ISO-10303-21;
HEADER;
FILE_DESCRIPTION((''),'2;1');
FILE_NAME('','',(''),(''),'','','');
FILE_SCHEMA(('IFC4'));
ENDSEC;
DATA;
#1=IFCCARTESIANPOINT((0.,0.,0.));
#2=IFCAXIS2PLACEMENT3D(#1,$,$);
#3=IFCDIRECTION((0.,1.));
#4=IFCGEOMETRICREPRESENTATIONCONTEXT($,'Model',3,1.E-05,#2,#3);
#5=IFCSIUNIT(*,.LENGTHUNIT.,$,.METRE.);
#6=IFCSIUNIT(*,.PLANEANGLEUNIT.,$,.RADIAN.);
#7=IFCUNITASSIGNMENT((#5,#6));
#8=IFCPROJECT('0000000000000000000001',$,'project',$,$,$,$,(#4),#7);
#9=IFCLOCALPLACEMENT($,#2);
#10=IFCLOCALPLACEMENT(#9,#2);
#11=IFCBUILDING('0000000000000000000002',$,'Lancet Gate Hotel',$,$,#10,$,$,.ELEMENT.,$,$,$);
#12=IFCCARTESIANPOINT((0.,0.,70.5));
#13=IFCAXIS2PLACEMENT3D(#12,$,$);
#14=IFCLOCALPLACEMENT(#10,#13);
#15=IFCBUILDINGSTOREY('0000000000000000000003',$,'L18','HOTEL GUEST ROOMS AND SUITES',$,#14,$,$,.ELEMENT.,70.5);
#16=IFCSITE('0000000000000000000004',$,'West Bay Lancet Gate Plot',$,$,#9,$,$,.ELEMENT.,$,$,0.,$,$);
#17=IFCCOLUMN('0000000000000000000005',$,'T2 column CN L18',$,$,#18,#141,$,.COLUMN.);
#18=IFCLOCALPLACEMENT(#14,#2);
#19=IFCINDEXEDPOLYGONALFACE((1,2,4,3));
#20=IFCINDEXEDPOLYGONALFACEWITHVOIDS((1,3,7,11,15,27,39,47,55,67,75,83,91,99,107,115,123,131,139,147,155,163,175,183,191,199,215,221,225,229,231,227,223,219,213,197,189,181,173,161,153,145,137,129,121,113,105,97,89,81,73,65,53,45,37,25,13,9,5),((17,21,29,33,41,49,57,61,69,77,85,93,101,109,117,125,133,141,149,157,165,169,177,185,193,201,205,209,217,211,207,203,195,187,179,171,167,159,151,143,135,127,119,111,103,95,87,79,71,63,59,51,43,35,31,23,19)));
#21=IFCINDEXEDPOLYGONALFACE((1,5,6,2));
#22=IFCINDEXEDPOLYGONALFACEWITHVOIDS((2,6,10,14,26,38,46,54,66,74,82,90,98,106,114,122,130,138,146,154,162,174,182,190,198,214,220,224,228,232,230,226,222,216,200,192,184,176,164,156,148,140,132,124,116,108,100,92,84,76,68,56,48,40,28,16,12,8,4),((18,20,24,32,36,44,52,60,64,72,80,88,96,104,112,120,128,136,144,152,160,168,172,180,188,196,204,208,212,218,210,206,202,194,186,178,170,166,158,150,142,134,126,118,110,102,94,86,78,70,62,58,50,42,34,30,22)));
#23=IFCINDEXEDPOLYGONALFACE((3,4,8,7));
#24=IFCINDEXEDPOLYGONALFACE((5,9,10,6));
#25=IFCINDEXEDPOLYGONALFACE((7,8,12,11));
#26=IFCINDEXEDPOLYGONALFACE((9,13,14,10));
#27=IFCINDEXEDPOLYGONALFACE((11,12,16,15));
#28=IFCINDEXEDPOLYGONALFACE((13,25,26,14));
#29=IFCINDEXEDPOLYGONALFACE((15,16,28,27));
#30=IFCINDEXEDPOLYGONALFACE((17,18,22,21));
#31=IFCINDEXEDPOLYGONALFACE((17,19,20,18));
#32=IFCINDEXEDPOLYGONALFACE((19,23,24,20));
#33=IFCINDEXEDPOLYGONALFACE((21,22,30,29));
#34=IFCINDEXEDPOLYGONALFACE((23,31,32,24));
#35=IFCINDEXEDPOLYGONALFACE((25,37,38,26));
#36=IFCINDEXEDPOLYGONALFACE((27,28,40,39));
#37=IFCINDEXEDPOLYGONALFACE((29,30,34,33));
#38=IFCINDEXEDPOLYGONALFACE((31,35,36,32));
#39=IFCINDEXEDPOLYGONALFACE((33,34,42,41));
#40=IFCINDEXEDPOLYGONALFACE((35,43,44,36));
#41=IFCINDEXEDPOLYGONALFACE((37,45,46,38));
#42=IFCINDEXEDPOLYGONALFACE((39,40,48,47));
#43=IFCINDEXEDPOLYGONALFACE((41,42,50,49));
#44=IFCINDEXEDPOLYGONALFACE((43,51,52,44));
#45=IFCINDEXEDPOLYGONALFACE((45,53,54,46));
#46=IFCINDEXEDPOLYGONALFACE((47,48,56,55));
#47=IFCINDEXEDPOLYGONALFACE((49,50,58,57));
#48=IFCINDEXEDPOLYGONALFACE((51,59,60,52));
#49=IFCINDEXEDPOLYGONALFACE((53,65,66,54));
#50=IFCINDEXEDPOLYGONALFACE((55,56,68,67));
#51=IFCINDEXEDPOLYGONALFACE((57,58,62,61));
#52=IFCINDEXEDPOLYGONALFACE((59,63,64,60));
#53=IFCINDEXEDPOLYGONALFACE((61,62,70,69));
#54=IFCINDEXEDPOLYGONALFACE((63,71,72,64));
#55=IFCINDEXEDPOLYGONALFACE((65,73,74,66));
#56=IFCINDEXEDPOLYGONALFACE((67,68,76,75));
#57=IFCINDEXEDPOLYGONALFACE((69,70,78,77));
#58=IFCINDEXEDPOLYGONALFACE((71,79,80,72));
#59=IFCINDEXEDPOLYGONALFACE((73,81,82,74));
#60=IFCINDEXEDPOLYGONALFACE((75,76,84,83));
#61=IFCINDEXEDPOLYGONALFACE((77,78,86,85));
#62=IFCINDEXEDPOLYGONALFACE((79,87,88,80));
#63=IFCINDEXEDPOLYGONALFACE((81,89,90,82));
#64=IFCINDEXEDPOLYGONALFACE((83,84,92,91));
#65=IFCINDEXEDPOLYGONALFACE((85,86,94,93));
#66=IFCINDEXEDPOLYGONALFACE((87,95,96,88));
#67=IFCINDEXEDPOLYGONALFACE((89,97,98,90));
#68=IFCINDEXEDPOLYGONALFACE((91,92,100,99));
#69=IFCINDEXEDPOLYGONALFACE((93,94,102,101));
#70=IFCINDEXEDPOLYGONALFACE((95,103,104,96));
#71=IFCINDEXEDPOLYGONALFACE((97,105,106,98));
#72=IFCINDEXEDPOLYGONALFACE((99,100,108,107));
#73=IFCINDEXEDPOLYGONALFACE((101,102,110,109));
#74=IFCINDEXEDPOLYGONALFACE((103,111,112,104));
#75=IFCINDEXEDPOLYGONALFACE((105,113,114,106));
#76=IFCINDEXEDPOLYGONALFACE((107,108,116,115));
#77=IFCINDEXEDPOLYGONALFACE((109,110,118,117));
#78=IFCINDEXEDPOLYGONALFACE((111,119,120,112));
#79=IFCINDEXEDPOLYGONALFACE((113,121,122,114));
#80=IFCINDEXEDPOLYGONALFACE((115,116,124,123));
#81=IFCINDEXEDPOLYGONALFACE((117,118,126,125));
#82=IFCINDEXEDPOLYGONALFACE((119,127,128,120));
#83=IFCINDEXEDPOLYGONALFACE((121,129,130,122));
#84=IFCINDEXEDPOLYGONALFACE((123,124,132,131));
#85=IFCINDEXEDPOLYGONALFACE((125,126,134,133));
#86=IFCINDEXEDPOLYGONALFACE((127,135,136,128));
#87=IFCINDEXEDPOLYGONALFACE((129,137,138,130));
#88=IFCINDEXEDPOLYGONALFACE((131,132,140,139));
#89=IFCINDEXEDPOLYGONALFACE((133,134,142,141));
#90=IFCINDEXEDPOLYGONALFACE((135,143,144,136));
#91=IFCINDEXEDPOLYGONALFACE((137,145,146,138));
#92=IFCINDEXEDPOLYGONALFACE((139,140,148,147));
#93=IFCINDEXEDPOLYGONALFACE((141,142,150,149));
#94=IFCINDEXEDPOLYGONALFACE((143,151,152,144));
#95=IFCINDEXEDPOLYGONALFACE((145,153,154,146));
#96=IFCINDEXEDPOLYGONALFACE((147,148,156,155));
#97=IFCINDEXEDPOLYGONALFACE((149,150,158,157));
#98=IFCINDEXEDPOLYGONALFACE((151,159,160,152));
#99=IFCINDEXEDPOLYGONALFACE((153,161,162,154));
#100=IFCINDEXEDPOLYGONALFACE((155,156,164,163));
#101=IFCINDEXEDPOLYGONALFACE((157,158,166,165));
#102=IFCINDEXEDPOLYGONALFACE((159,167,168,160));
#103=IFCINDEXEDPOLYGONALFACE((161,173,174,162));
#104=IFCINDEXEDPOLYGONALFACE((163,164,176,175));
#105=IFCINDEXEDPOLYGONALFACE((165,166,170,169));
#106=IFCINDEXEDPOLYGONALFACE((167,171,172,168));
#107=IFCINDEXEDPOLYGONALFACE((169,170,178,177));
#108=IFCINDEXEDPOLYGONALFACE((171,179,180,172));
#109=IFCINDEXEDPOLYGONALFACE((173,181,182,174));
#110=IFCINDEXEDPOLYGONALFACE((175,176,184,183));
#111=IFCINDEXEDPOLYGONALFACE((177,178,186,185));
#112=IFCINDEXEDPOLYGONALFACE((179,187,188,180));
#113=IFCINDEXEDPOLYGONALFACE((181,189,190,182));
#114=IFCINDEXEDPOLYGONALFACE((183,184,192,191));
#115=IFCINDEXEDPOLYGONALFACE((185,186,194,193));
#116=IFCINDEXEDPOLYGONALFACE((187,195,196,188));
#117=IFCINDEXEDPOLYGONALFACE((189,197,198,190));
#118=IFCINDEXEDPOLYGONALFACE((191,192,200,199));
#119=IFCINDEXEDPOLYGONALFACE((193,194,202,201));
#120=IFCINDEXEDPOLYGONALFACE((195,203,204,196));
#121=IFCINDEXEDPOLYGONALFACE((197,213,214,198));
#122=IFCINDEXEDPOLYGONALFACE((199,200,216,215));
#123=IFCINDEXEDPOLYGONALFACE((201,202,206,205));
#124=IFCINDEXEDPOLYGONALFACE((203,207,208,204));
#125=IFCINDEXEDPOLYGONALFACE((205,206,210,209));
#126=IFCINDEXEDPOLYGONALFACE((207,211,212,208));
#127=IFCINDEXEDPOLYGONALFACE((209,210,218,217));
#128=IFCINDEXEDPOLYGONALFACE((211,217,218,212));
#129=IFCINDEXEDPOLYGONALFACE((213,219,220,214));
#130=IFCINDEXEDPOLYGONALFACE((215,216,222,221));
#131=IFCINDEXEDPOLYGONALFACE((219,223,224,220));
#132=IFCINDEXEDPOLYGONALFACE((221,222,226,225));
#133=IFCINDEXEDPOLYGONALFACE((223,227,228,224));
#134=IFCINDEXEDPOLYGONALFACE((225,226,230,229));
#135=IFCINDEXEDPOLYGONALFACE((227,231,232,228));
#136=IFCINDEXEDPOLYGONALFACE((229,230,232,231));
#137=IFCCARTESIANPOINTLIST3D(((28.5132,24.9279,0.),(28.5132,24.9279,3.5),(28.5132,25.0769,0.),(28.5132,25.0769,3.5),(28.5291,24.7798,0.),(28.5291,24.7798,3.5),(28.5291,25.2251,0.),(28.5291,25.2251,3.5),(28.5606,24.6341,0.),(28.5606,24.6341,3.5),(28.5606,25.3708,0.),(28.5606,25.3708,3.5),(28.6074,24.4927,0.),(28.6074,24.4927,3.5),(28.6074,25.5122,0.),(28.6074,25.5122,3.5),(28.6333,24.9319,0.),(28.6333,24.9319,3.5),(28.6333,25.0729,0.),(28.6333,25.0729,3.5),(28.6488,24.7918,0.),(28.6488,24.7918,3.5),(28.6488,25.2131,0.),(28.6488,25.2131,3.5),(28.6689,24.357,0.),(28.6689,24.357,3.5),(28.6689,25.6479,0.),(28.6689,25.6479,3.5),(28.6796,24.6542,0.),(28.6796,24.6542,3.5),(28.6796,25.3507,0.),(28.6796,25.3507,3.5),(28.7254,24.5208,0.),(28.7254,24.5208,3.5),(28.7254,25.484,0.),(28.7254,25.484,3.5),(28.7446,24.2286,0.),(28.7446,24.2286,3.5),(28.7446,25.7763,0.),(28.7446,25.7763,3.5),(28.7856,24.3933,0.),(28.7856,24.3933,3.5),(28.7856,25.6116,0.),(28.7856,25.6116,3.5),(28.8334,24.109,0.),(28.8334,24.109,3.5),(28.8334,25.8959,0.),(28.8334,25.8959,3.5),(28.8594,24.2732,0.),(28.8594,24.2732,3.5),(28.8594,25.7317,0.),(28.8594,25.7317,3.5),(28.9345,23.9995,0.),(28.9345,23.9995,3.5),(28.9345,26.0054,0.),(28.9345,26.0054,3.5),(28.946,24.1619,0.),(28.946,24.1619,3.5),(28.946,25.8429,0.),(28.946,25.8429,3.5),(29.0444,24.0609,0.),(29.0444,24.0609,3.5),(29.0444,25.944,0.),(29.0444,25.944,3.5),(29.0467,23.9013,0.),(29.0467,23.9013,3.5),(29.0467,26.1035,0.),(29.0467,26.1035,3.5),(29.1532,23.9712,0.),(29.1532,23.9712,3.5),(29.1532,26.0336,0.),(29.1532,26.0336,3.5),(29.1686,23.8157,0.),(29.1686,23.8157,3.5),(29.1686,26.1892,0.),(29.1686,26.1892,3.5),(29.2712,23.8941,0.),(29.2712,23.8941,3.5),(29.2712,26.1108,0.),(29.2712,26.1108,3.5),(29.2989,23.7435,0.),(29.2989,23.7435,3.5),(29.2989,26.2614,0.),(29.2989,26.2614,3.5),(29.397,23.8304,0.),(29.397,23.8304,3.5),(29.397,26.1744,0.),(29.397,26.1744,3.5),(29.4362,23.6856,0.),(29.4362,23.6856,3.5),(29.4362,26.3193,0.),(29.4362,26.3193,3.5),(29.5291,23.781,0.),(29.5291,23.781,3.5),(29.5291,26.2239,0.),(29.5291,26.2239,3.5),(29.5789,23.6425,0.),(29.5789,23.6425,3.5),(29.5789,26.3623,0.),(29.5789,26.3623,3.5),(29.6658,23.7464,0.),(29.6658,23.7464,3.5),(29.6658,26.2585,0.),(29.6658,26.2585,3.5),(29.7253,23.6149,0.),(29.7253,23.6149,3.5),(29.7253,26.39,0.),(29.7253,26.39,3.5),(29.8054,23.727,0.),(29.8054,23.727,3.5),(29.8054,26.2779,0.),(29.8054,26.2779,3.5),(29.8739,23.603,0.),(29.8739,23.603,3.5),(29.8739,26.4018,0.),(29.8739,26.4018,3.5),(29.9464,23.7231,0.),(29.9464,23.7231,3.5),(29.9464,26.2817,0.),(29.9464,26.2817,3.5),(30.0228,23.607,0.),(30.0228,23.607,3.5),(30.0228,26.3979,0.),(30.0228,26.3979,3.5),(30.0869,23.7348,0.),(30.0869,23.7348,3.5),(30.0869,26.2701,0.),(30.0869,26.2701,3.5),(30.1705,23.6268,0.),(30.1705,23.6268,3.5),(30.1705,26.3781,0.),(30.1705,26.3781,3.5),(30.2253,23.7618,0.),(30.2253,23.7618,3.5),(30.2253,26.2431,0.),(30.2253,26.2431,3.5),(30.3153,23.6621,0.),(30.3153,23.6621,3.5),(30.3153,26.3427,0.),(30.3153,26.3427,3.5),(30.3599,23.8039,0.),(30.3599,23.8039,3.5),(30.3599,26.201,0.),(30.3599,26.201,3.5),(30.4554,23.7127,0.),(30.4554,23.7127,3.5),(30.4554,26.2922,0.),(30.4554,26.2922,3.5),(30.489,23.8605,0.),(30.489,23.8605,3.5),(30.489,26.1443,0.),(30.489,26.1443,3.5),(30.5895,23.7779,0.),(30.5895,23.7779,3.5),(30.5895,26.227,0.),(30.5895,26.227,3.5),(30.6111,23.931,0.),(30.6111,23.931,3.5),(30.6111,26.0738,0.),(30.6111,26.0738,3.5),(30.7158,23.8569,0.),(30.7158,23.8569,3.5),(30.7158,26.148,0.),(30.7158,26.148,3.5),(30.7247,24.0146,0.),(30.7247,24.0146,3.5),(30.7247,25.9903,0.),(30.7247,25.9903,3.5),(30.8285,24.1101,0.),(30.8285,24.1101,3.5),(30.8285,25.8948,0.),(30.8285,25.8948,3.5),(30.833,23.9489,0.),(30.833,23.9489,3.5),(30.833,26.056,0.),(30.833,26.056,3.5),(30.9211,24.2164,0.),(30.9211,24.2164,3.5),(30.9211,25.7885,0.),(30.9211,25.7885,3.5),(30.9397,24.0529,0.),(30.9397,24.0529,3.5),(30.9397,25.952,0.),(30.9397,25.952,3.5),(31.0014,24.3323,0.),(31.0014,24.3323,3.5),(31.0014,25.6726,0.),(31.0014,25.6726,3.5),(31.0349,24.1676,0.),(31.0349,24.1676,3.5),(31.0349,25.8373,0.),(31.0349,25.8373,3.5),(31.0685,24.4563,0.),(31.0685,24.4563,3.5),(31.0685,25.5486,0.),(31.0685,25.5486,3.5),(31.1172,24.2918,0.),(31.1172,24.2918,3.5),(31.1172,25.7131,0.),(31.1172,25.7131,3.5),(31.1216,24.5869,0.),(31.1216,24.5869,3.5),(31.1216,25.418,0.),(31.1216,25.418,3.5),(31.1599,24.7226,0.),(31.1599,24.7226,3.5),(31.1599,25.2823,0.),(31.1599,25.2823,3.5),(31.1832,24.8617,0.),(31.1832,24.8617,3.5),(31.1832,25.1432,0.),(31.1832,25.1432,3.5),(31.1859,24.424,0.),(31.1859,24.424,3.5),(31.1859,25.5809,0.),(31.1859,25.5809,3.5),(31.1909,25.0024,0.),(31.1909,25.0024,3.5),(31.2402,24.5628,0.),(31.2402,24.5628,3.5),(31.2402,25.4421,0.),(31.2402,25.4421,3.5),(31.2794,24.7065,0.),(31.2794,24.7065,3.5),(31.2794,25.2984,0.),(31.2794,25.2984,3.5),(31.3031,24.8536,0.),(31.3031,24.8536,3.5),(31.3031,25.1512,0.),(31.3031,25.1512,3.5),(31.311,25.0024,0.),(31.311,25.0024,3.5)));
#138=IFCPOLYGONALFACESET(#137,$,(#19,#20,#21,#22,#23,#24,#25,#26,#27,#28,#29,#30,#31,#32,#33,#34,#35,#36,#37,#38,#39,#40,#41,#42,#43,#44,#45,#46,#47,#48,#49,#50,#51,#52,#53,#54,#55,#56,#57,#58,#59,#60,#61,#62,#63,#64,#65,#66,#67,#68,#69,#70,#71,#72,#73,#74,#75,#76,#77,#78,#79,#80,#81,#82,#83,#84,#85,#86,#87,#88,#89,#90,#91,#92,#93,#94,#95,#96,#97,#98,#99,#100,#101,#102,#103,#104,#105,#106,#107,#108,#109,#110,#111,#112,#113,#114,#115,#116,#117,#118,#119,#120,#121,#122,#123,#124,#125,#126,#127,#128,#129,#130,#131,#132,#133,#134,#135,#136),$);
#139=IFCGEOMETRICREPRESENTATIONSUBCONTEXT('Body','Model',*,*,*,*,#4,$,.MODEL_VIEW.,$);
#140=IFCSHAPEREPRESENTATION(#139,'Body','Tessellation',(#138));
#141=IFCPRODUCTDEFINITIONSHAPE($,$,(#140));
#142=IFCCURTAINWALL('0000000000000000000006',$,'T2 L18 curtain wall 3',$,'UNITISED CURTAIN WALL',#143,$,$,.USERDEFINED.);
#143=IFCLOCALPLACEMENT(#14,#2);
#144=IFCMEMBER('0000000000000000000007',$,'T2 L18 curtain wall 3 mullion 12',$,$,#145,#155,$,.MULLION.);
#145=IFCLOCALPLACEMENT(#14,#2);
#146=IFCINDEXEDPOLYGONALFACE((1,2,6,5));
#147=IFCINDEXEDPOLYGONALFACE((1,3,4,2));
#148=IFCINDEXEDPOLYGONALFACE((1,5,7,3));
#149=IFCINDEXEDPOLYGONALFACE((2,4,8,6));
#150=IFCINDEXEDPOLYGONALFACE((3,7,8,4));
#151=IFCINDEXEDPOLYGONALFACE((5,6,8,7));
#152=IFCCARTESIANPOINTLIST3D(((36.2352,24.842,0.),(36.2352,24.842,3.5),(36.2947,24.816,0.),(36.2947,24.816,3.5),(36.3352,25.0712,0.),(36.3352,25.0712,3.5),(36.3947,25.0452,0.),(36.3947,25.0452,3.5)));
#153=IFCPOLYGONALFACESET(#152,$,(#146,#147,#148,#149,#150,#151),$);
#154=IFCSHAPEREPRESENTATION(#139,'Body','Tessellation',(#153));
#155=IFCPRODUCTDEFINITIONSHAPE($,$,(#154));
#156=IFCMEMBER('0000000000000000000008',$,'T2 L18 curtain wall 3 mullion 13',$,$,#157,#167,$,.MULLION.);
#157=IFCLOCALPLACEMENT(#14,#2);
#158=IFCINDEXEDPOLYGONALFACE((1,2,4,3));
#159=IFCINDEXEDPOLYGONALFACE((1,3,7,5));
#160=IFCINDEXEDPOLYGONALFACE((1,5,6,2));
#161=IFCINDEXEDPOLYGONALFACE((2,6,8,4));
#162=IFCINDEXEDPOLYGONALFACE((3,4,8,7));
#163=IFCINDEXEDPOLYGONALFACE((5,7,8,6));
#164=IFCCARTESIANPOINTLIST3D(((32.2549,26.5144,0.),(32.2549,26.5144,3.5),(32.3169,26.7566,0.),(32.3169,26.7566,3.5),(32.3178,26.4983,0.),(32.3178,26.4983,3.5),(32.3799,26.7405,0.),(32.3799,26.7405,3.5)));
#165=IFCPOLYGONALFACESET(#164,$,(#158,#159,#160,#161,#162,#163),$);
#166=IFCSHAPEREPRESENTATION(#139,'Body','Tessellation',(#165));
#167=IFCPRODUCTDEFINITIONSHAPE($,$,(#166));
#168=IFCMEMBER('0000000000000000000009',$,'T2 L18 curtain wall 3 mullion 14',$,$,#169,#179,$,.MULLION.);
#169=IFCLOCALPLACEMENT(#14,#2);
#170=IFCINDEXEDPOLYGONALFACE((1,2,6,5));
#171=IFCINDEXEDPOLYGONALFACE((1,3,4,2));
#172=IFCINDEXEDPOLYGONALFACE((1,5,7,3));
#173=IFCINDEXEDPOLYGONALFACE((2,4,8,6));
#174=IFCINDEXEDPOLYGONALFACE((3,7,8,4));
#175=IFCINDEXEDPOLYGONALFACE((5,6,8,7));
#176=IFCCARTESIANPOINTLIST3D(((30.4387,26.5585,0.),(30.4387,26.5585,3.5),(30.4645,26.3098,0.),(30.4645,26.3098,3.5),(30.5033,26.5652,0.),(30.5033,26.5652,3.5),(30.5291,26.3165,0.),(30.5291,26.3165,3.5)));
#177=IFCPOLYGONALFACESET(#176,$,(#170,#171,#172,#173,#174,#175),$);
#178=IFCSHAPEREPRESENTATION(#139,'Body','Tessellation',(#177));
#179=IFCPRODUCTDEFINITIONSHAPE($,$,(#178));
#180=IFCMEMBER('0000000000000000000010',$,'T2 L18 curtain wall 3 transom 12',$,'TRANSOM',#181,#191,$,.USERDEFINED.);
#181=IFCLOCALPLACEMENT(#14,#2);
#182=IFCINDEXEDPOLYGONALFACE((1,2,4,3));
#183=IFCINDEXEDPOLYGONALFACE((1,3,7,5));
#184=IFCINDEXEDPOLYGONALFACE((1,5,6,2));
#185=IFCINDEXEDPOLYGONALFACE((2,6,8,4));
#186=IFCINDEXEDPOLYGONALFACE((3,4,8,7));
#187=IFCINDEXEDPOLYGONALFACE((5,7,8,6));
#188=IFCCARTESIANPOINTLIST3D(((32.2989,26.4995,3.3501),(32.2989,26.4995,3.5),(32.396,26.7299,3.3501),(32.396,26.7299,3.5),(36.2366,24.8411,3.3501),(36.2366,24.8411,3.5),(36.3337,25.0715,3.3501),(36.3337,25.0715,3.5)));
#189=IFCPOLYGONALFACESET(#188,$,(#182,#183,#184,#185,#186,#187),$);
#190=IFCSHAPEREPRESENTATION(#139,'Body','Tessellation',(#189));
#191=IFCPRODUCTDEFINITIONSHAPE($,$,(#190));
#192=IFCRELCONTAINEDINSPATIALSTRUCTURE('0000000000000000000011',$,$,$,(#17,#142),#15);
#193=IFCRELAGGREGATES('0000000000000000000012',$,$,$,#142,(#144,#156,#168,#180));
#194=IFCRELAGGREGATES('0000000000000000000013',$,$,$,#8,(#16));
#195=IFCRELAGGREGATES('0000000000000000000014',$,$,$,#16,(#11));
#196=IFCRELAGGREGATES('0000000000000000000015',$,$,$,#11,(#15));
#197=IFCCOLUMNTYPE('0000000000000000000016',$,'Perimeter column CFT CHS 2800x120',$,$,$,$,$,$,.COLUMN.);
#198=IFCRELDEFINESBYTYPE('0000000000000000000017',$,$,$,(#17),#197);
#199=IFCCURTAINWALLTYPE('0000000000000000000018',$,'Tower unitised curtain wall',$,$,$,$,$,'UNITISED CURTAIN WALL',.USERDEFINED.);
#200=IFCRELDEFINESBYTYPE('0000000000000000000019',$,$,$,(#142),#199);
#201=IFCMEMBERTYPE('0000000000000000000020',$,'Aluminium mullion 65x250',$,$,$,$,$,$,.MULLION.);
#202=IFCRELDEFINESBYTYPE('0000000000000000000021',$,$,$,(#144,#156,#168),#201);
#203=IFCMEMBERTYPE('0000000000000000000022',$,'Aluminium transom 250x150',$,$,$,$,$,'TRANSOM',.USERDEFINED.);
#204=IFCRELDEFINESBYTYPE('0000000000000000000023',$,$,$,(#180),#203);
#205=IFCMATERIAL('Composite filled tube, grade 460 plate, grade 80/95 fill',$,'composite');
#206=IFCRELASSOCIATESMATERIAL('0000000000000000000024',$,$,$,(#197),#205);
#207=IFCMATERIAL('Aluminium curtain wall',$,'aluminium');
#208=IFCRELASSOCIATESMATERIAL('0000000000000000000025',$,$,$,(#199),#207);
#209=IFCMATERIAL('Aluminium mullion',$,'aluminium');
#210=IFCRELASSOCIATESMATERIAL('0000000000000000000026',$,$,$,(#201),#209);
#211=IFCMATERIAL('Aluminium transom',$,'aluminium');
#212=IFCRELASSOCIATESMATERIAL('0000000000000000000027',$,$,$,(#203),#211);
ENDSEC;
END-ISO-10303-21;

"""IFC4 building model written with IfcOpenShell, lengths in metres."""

from ifc_helpers import new_model, si_unit, direction, frame, origin, origin_2d, place, context, subcontext, project, spatial, rectangle, hollow_circle, extrude, material, material_profile, profile_set, type_object, element, aggregate, save


model = new_model("IFC4")

# Units and contexts
model_context = context("Model", 3, precision=1e-05, world=origin(), true_north=direction((0.0, 1.0)))
body_context = subcontext(model_context, "Body", "Model", "MODEL_VIEW")
ifc_project = project(units=[si_unit("LENGTHUNIT", "METRE"), si_unit("PLANEANGLEUNIT", "RADIAN")], contexts=[model_context])

# Site, building, storey
site_placement = place(None, origin())
site = spatial("IfcSite", under=ifc_project, at=site_placement, Name="West Bay Lancet Gate Plot", CompositionType="ELEMENT", RefElevation=0.0)
building_placement = place(site_placement, origin())
building = spatial("IfcBuilding", under=site, at=building_placement, Name="Lancet Gate Hotel", CompositionType="ELEMENT")
storey_placement = place(building_placement, frame((0.0, 0.0, 70.5)))
storey = spatial("IfcBuildingStorey", under=building, at=storey_placement, Name="L18", Description="HOTEL GUEST ROOMS AND SUITES", CompositionType="ELEMENT", Elevation=70.5)

# Column
ifc_material_1 = material(Name="Composite filled tube, grade 460 plate, grade 80/95 fill", Category="composite")
ifc_material_profile_1 = material_profile(ifc_material_1, hollow_circle(Radius=1.3999, WallThickness=0.1201, at=origin_2d()), Name="CHS 2800x120")
ifc_profile_set_1 = profile_set([ifc_material_profile_1], Name="Composite filled tube, grade 460 plate, grade 80/95 fill")
column_type = type_object("IfcColumnType", Name="Perimeter column CFT CHS 2800x120", PredefinedType="COLUMN", material=ifc_profile_set_1)
column_placement = place(storey_placement, frame((29.9111, 25.0024, 0.0), z_axis=(0.0, 0.0, 1.0), x_axis=(1.0, 0.0, 0.0)))
element("IfcColumn", 1, at=column_placement, inside=storey, type_object=column_type, Name="T2 column CN L18", PredefinedType="COLUMN", context=body_context, shape_type="SweptSolid", body=[
    extrude(hollow_circle(Radius=1.3999, WallThickness=0.1201, at=origin_2d()), origin(), (0.0, 0.0, 1.0), 3.5),
])

# Curtain wall, members
ifc_material_2 = material(Name="Aluminium curtain wall", Category="aluminium")
curtain_wall_type = type_object("IfcCurtainWallType", Name="Tower unitised curtain wall", ElementType="UNITISED CURTAIN WALL", PredefinedType="USERDEFINED", material=ifc_material_2)
curtain_wall_placement = place(storey_placement, origin())
curtain_wall = element("IfcCurtainWall", 2, at=curtain_wall_placement, inside=storey, type_object=curtain_wall_type, Name="T2 L18 curtain wall 3", ObjectType="UNITISED CURTAIN WALL", PredefinedType="USERDEFINED")
ifc_material_3 = material(Name="Aluminium mullion", Category="aluminium")
ifc_material_profile_2 = material_profile(ifc_material_3, rectangle(XDim=0.0649, YDim=0.25, at=origin_2d()), Name="MULLION 65x250")
ifc_profile_set_2 = profile_set([ifc_material_profile_2], Name="Aluminium mullion")
member_type_1 = type_object("IfcMemberType", Name="Aluminium mullion 65x250", PredefinedType="MULLION", material=ifc_profile_set_2)
member_1_placement = place(storey_placement, frame((36.3149, 24.9436, 0.0), z_axis=(0.0, 0.0, 1.0), x_axis=(-0.916579, 0.399854, 0.0)))
member_1 = element("IfcMember", 3, at=member_1_placement, type_object=member_type_1, Name="T2 L18 curtain wall 3 mullion 12", PredefinedType="MULLION", context=body_context, shape_type="SweptSolid", body=[
    extrude(rectangle(XDim=0.0649, YDim=0.25, at=origin_2d()), origin(), (0.0, 0.0, 1.0), 3.5),
])
member_2_placement = place(storey_placement, frame((32.3174, 26.6274, 0.0), z_axis=(0.0, 0.0, 1.0), x_axis=(-0.968721, 0.24815, 0.0)))
member_2 = element("IfcMember", 4, at=member_2_placement, type_object=member_type_1, Name="T2 L18 curtain wall 3 mullion 13", PredefinedType="MULLION", context=body_context, shape_type="SweptSolid", body=[
    extrude(rectangle(XDim=0.0649, YDim=0.25, at=origin_2d()), origin(), (0.0, 0.0, 1.0), 3.5),
])
member_3_placement = place(storey_placement, frame((30.4839, 26.4375, 0.0), z_axis=(0.0, 0.0, 1.0), x_axis=(-0.994672, -0.103088, 0.0)))
member_3 = element("IfcMember", 5, at=member_3_placement, type_object=member_type_1, Name="T2 L18 curtain wall 3 mullion 14", PredefinedType="MULLION", context=body_context, shape_type="SweptSolid", body=[
    extrude(rectangle(XDim=0.0649, YDim=0.25, at=origin_2d()), origin(), (0.0, 0.0, 1.0), 3.5),
])
ifc_material_4 = material(Name="Aluminium transom", Category="aluminium")
ifc_material_profile_3 = material_profile(ifc_material_4, rectangle(XDim=0.25, YDim=0.1499, at=origin_2d()), Name="TRANSOM 250x150")
ifc_profile_set_3 = profile_set([ifc_material_profile_3], Name="Aluminium transom")
member_type_2 = type_object("IfcMemberType", Name="Aluminium transom 250x150", ElementType="TRANSOM", PredefinedType="USERDEFINED", material=ifc_profile_set_3)
member_4_placement = place(storey_placement, frame((36.2852, 24.9563, 3.425), z_axis=(-0.921598, 0.388146, 0.0), x_axis=(-0.388146, -0.921598, 0.0)))
member_4 = element("IfcMember", 6, at=member_4_placement, type_object=member_type_2, Name="T2 L18 curtain wall 3 transom 12", ObjectType="TRANSOM", PredefinedType="USERDEFINED", context=body_context, shape_type="SweptSolid", body=[
    extrude(rectangle(XDim=0.25, YDim=0.1499, at=origin_2d()), origin(), (0.0, 0.0, 1.0), 4.2727),
])

aggregate(curtain_wall, [member_1, member_2, member_3, member_4])

save(model, "model.ifc")
